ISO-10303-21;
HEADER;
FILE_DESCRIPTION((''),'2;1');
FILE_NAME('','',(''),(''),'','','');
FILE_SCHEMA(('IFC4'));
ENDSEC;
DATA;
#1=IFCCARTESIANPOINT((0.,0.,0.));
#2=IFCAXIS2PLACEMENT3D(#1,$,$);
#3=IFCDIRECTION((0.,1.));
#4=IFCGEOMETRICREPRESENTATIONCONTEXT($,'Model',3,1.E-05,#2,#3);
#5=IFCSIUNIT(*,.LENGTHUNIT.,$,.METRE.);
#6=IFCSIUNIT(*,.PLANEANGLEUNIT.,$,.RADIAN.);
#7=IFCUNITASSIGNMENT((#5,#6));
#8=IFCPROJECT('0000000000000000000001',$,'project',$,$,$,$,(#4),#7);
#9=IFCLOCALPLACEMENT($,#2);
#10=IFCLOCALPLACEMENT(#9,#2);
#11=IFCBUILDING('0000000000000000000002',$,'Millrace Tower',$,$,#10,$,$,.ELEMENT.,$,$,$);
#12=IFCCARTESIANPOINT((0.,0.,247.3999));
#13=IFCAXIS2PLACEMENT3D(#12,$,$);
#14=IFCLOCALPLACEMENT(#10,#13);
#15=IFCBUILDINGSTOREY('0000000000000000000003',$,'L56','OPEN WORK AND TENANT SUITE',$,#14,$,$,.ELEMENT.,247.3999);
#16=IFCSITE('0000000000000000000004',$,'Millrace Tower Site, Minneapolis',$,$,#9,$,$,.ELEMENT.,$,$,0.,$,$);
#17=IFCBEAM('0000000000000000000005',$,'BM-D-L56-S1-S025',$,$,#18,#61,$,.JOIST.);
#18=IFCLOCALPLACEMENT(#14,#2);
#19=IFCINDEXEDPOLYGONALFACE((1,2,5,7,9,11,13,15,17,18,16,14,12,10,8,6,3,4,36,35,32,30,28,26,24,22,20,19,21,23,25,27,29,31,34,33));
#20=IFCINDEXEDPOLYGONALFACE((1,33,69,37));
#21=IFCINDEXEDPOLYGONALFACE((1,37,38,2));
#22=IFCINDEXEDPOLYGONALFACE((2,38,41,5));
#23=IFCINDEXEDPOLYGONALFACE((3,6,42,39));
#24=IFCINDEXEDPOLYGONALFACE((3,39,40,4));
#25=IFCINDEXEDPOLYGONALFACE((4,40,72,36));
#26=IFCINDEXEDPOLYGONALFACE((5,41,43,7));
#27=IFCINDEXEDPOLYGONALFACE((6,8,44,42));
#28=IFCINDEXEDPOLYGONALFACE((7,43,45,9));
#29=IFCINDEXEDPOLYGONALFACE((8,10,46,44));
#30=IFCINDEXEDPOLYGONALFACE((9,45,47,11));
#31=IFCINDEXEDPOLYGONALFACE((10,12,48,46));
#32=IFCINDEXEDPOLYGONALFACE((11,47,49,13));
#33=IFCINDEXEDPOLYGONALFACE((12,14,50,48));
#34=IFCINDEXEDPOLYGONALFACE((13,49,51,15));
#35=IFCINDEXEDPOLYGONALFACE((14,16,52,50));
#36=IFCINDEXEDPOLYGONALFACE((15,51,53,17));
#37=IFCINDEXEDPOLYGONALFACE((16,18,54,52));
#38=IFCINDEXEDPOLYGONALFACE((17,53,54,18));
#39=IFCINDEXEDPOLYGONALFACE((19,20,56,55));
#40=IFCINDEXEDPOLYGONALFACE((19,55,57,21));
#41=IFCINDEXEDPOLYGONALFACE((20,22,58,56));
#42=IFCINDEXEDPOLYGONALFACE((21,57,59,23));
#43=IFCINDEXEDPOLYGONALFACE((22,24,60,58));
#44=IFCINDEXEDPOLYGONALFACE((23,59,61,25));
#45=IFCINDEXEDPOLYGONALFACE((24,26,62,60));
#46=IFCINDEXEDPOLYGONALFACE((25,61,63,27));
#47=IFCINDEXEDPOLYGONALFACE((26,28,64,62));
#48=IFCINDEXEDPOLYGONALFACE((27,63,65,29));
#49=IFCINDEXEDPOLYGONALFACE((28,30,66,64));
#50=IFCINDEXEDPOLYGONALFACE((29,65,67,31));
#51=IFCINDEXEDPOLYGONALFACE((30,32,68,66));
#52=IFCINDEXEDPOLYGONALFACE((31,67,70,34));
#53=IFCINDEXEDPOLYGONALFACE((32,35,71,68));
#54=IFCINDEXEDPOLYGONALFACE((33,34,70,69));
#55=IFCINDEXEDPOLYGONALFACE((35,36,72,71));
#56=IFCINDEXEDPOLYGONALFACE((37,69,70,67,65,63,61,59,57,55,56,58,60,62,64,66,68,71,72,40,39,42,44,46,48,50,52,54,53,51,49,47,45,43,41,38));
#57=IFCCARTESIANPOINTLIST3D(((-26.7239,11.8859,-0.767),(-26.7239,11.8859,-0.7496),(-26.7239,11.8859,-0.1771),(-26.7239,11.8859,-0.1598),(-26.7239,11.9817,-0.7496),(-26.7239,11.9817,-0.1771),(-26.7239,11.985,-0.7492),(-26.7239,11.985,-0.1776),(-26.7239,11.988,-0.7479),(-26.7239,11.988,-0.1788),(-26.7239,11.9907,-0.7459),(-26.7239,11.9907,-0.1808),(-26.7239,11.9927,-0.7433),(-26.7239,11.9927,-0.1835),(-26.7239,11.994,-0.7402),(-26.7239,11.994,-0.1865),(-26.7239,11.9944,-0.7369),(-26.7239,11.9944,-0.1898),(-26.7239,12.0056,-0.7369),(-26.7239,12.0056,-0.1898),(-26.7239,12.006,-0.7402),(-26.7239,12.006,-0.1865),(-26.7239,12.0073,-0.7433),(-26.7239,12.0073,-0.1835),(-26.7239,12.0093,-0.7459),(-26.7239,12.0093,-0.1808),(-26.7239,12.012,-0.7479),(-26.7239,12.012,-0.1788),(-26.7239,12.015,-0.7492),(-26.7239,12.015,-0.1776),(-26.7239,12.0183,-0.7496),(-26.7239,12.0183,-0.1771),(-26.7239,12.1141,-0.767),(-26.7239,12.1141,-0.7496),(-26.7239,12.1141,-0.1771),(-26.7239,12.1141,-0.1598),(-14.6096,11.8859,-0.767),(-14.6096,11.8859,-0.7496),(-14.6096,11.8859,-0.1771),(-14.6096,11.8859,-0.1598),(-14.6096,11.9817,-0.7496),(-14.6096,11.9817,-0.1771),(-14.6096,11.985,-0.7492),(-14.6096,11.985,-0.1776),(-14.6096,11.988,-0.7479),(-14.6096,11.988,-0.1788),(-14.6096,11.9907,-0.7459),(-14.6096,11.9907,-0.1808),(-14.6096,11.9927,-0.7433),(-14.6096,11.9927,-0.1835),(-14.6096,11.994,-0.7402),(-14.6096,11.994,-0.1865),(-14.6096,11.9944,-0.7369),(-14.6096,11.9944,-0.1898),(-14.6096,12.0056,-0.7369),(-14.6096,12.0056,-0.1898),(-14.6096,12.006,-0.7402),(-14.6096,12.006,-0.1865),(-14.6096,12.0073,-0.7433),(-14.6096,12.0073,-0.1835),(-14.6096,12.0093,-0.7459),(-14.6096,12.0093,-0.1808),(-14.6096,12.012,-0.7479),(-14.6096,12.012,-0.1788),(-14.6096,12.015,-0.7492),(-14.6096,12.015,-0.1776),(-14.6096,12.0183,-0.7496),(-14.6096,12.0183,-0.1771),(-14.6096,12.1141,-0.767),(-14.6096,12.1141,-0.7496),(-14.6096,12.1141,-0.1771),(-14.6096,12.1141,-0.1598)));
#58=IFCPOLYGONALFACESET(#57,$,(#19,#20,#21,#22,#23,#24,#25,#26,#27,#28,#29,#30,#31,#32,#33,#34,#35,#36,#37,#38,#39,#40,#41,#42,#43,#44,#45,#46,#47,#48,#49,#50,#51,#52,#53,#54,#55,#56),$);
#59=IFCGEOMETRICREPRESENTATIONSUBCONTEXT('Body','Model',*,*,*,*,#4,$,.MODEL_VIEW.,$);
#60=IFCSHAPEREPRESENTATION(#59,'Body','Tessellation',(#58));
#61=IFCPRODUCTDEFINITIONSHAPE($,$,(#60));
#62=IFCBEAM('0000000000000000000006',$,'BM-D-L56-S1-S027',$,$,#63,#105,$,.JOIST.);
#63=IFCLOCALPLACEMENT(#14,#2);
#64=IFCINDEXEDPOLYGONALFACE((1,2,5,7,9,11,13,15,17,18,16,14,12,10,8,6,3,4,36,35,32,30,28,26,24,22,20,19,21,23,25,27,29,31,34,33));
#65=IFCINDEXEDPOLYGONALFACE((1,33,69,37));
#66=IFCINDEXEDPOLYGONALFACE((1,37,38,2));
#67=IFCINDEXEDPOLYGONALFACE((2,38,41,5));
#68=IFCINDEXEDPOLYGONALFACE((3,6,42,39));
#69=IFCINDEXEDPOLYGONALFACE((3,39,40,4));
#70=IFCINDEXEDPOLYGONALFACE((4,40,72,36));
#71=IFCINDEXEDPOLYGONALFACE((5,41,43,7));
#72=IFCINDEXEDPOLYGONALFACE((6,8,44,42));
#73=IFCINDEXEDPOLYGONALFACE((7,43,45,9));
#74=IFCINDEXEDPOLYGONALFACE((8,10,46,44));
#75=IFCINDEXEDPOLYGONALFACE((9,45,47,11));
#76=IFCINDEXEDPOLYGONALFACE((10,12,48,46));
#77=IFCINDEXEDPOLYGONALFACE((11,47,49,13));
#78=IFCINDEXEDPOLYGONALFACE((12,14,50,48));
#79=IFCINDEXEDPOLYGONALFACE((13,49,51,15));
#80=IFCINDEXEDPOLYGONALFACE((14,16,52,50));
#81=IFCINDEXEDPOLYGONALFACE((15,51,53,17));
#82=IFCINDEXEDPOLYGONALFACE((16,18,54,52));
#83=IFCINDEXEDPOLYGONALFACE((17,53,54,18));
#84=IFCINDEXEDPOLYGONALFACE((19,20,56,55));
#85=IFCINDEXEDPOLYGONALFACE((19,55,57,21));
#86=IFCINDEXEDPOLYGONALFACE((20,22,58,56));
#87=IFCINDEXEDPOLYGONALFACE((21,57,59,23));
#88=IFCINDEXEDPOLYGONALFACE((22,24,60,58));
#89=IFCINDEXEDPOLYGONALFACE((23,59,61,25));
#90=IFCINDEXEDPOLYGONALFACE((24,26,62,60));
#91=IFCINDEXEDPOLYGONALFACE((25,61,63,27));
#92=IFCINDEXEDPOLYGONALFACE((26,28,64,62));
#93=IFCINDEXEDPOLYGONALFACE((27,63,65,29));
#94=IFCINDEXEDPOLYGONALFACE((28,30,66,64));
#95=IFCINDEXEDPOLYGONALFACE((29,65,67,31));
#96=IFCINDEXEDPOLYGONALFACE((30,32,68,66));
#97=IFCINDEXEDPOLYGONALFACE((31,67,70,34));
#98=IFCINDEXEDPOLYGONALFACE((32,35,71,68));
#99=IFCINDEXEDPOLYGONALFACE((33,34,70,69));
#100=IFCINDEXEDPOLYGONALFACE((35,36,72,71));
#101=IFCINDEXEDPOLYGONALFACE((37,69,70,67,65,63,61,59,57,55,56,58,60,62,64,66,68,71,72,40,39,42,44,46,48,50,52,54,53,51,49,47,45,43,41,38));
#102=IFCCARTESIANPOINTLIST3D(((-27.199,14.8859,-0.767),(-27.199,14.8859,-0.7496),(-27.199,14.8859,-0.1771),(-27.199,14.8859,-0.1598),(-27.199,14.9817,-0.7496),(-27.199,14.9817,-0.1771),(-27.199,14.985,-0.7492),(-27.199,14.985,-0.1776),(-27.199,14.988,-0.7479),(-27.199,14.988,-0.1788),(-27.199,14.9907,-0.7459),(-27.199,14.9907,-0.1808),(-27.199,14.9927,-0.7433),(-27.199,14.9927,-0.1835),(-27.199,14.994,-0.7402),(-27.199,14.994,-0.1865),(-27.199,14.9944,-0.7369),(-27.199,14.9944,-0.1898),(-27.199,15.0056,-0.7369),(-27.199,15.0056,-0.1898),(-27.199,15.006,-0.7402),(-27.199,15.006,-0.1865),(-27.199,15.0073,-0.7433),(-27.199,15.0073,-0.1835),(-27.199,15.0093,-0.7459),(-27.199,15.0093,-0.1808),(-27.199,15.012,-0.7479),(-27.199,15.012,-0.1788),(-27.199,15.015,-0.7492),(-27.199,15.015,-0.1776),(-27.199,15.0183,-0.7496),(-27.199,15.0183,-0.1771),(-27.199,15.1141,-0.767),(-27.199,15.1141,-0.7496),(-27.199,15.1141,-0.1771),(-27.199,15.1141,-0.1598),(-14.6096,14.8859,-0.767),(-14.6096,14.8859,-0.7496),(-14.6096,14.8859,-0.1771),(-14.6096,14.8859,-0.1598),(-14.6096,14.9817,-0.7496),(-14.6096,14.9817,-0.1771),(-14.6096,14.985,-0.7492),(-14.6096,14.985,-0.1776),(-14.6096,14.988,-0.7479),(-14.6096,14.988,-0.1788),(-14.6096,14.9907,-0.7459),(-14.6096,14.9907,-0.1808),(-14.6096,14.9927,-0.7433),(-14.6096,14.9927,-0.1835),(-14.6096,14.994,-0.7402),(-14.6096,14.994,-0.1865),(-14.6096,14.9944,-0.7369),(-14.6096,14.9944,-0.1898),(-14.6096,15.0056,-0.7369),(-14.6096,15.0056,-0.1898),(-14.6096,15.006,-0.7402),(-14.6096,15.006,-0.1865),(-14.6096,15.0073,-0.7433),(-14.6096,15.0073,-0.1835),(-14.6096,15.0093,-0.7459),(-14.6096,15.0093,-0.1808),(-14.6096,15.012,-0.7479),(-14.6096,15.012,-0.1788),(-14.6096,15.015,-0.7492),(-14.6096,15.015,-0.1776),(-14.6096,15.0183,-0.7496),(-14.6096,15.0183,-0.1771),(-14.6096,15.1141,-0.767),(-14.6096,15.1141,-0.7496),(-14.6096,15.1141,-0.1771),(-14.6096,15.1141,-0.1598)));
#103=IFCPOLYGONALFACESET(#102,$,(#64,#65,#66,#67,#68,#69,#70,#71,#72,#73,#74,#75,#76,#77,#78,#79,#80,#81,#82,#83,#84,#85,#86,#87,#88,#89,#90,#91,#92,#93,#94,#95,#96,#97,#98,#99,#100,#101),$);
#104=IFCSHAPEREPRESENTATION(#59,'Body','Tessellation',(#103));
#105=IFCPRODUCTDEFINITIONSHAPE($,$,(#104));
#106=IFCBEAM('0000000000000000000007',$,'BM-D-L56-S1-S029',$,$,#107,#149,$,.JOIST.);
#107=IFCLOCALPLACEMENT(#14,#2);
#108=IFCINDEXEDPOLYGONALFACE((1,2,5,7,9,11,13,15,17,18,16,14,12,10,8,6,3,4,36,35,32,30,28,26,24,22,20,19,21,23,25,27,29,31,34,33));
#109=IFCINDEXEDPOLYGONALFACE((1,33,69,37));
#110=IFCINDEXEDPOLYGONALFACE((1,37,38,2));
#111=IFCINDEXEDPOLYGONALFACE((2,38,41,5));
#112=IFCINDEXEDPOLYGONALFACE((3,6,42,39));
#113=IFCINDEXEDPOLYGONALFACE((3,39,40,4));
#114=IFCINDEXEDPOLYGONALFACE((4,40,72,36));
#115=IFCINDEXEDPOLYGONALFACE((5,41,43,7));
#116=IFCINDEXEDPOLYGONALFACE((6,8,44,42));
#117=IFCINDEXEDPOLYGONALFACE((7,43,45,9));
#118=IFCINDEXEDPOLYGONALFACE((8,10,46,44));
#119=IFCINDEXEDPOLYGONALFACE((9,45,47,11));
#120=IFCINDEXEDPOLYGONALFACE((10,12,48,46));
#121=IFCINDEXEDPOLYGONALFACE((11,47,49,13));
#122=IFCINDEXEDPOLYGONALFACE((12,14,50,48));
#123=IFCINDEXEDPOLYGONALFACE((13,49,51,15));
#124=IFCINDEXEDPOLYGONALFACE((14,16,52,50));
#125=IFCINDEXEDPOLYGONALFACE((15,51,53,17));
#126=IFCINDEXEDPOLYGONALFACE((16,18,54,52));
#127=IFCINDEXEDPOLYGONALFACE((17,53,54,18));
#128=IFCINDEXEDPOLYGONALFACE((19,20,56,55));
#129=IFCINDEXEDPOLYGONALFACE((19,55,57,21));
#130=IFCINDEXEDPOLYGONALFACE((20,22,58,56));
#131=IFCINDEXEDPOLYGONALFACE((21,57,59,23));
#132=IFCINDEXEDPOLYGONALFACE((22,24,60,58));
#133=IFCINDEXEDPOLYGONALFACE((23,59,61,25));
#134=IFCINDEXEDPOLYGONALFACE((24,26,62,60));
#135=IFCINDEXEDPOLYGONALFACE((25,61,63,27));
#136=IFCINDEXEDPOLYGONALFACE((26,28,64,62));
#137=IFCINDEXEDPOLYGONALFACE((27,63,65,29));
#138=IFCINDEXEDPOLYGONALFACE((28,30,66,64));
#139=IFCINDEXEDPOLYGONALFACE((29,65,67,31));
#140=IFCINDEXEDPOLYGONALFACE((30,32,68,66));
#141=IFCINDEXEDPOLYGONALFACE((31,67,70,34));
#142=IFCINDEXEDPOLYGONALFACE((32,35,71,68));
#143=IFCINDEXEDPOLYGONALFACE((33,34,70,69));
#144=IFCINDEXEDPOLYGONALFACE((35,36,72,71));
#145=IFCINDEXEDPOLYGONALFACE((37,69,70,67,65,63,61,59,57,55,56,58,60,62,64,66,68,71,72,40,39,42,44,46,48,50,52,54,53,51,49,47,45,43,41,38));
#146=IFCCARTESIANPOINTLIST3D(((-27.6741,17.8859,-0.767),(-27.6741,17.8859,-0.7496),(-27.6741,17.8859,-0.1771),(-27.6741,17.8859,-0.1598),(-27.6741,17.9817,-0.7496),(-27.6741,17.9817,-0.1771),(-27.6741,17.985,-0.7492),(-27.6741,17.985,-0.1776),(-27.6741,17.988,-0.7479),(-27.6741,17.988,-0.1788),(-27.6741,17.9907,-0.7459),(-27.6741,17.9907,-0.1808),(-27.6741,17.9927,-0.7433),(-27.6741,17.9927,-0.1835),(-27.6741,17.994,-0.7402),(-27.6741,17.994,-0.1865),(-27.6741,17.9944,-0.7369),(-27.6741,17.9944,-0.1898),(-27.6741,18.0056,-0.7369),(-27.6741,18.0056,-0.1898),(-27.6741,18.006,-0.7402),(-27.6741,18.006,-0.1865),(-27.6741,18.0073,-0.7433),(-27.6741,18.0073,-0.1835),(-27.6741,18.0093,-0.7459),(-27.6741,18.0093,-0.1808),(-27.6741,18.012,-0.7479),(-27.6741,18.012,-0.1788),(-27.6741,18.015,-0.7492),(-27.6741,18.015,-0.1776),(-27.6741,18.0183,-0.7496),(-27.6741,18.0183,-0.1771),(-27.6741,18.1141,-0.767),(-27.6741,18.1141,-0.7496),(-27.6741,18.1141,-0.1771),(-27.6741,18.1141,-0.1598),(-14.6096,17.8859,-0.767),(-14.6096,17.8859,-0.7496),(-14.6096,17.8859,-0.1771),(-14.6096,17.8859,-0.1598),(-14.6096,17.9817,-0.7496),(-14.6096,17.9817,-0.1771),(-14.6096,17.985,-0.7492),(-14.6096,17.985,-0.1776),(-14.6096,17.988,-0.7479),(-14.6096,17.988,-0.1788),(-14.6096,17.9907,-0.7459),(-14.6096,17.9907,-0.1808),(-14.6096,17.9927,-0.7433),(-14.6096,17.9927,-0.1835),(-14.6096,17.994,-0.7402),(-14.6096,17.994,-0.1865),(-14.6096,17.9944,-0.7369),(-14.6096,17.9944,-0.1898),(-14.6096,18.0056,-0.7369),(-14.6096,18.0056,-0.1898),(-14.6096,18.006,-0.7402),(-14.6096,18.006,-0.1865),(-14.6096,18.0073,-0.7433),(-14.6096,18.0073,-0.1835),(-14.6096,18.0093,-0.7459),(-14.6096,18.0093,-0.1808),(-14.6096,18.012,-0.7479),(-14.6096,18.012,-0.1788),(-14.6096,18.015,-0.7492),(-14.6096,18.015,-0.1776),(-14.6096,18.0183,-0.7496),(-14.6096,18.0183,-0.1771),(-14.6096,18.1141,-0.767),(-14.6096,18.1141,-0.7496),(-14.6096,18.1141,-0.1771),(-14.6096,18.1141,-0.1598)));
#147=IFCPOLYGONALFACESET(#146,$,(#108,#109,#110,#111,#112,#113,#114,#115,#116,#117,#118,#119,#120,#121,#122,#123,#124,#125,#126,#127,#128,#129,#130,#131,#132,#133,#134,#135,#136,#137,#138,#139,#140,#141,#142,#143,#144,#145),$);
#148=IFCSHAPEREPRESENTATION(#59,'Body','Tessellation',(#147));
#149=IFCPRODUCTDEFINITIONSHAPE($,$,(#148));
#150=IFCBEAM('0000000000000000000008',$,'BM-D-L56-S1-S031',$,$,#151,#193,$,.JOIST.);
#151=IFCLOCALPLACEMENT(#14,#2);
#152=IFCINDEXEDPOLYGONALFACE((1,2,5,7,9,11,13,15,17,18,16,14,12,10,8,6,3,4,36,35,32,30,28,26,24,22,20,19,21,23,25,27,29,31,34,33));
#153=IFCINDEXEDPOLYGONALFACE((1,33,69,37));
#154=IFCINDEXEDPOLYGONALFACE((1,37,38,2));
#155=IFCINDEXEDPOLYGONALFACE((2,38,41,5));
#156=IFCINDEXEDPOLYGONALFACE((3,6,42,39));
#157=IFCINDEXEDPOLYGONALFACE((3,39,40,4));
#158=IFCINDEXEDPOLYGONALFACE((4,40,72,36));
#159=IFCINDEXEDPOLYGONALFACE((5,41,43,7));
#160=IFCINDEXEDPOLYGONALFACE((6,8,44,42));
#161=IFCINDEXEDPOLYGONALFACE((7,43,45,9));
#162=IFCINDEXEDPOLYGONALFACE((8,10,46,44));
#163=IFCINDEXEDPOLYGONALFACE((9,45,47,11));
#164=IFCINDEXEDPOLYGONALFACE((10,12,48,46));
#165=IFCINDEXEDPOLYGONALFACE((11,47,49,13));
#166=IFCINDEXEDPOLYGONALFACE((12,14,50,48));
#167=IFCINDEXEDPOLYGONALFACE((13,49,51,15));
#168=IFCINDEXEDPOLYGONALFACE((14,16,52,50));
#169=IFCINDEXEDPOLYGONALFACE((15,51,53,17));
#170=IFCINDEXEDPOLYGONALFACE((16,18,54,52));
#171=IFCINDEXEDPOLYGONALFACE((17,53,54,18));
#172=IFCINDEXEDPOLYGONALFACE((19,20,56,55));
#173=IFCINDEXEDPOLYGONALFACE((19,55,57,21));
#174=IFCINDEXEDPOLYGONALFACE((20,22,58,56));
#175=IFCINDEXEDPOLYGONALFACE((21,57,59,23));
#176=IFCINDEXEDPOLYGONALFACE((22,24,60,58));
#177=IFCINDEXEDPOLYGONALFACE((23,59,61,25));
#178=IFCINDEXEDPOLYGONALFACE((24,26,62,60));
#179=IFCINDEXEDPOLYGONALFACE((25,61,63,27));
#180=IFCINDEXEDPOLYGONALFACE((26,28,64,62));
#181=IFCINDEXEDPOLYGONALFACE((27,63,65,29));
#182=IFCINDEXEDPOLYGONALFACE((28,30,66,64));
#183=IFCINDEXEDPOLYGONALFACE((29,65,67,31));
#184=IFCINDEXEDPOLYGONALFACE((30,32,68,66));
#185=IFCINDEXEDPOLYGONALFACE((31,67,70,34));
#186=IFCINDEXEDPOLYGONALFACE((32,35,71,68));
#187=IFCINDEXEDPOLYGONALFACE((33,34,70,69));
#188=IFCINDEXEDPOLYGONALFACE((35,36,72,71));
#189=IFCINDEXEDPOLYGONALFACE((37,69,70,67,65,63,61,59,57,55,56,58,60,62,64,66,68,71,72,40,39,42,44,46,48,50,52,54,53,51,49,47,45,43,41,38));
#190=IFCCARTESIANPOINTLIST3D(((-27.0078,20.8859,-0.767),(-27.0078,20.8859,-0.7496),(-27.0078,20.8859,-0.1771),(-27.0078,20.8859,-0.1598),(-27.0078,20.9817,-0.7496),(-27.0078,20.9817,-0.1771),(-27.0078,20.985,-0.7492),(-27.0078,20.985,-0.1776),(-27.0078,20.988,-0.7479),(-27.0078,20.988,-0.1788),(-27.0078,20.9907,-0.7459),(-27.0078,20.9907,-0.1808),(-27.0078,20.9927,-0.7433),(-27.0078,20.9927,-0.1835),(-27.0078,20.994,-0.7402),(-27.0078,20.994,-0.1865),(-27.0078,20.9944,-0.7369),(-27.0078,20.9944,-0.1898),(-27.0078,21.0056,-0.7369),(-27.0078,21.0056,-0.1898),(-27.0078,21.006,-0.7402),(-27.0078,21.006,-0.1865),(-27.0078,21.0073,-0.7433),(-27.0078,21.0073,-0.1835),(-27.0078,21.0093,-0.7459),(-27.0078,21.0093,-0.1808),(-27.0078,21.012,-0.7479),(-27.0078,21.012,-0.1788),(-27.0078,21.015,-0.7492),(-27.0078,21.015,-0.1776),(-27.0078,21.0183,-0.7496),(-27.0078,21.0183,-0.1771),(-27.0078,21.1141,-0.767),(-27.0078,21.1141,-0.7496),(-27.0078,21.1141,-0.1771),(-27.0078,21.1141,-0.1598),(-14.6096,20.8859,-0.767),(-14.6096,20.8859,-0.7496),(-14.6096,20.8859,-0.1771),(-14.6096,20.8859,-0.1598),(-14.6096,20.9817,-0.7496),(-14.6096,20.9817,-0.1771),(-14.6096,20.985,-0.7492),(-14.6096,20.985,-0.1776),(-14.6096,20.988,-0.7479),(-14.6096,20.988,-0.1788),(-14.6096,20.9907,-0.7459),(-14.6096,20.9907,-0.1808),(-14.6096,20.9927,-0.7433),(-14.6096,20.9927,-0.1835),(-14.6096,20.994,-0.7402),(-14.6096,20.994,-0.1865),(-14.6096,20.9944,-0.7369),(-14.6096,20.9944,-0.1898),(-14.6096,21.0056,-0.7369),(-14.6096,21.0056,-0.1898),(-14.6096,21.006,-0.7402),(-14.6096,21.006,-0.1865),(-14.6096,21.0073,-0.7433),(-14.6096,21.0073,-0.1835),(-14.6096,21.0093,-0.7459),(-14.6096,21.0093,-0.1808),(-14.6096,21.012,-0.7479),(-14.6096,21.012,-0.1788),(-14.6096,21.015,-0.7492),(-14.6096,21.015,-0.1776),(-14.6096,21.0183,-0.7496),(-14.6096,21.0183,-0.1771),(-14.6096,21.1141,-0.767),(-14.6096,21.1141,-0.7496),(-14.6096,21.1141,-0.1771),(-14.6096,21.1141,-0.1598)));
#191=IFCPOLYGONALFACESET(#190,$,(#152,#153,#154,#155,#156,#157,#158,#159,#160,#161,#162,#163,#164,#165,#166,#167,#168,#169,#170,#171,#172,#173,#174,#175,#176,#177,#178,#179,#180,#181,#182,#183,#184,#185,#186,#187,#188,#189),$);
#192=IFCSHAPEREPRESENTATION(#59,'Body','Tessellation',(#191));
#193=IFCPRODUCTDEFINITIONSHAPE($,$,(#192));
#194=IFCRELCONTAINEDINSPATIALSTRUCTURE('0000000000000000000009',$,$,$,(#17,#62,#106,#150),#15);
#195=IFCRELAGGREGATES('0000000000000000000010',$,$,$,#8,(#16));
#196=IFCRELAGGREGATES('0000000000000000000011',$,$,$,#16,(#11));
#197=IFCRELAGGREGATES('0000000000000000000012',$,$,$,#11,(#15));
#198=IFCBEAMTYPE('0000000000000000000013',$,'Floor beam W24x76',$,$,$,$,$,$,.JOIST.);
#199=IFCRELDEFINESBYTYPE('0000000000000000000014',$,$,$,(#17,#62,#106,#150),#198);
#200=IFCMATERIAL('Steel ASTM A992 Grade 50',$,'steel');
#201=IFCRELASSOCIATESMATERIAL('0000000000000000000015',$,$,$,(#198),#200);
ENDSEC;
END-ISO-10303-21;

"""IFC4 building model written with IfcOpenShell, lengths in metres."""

from ifc_helpers import new_model, si_unit, direction, frame, origin, origin_2d, place, context, subcontext, project, spatial, i_section, extrude, material, material_profile, profile_set, type_object, element, save


model = new_model("IFC4")

# Units and contexts
model_context = context("Model", 3, precision=1e-05, world=origin(), true_north=direction((0.0, 1.0)))
body_context = subcontext(model_context, "Body", "Model", "MODEL_VIEW")
ifc_project = project(units=[si_unit("LENGTHUNIT", "METRE"), si_unit("PLANEANGLEUNIT", "RADIAN")], contexts=[model_context])

# Site, building, storey
site_placement = place(None, origin())
site = spatial("IfcSite", under=ifc_project, at=site_placement, Name="Millrace Tower Site, Minneapolis", CompositionType="ELEMENT", RefElevation=0.0)
building_placement = place(site_placement, origin())
building = spatial("IfcBuilding", under=site, at=building_placement, Name="Millrace Tower", CompositionType="ELEMENT")
storey_placement = place(building_placement, frame((0.0, 0.0, 247.3999)))
storey = spatial("IfcBuildingStorey", under=building, at=storey_placement, Name="L56", Description="OPEN WORK AND TENANT SUITE", CompositionType="ELEMENT", Elevation=247.3999)

# Beams
ifc_material_1 = material(Name="Steel ASTM A992 Grade 50", Category="steel")
ifc_material_profile_1 = material_profile(ifc_material_1, i_section(OverallWidth=0.2283, OverallDepth=0.6072, WebThickness=0.0112, FlangeThickness=0.0173, FilletRadius=0.0127, at=origin_2d()))
ifc_profile_set_1 = profile_set([ifc_material_profile_1], Name="Steel ASTM A992 Grade 50")
beam_type_1 = type_object("IfcBeamType", Name="Floor beam W24x76", PredefinedType="JOIST", material=ifc_profile_set_1)
beam_1_placement = place(storey_placement, frame((-26.7239, 12.0, -0.4634), z_axis=(1.0, 0.0, 0.0), x_axis=(0.0, 1.0, 0.0)))
element("IfcBeam", 1, at=beam_1_placement, inside=storey, type_object=beam_type_1, Name="BM-D-L56-S1-S025", PredefinedType="JOIST", context=body_context, shape_type="SweptSolid", body=[
    extrude(i_section(OverallWidth=0.2283, OverallDepth=0.6072, WebThickness=0.0112, FlangeThickness=0.0173, FilletRadius=0.0127, at=origin_2d()), origin(), (0.0, 0.0, 1.0), 12.1143),
])
beam_2_placement = place(storey_placement, frame((-27.199, 15.0, -0.4634), z_axis=(1.0, 0.0, 0.0), x_axis=(0.0, 1.0, 0.0)))
element("IfcBeam", 2, at=beam_2_placement, inside=storey, type_object=beam_type_1, Name="BM-D-L56-S1-S027", PredefinedType="JOIST", context=body_context, shape_type="SweptSolid", body=[
    extrude(i_section(OverallWidth=0.2283, OverallDepth=0.6072, WebThickness=0.0112, FlangeThickness=0.0173, FilletRadius=0.0127, at=origin_2d()), origin(), (0.0, 0.0, 1.0), 12.5894),
])
beam_3_placement = place(storey_placement, frame((-27.6741, 18.0, -0.4634), z_axis=(1.0, 0.0, 0.0), x_axis=(0.0, 1.0, 0.0)))
element("IfcBeam", 3, at=beam_3_placement, inside=storey, type_object=beam_type_1, Name="BM-D-L56-S1-S029", PredefinedType="JOIST", context=body_context, shape_type="SweptSolid", body=[
    extrude(i_section(OverallWidth=0.2283, OverallDepth=0.6072, WebThickness=0.0112, FlangeThickness=0.0173, FilletRadius=0.0127, at=origin_2d()), origin(), (0.0, 0.0, 1.0), 13.0645),
])
beam_4_placement = place(storey_placement, frame((-27.0078, 21.0, -0.4634), z_axis=(1.0, 0.0, 0.0), x_axis=(0.0, 1.0, 0.0)))
element("IfcBeam", 4, at=beam_4_placement, inside=storey, type_object=beam_type_1, Name="BM-D-L56-S1-S031", PredefinedType="JOIST", context=body_context, shape_type="SweptSolid", body=[
    extrude(i_section(OverallWidth=0.2283, OverallDepth=0.6072, WebThickness=0.0112, FlangeThickness=0.0173, FilletRadius=0.0127, at=origin_2d()), origin(), (0.0, 0.0, 1.0), 12.3982),
])

save(model, "model.ifc")
